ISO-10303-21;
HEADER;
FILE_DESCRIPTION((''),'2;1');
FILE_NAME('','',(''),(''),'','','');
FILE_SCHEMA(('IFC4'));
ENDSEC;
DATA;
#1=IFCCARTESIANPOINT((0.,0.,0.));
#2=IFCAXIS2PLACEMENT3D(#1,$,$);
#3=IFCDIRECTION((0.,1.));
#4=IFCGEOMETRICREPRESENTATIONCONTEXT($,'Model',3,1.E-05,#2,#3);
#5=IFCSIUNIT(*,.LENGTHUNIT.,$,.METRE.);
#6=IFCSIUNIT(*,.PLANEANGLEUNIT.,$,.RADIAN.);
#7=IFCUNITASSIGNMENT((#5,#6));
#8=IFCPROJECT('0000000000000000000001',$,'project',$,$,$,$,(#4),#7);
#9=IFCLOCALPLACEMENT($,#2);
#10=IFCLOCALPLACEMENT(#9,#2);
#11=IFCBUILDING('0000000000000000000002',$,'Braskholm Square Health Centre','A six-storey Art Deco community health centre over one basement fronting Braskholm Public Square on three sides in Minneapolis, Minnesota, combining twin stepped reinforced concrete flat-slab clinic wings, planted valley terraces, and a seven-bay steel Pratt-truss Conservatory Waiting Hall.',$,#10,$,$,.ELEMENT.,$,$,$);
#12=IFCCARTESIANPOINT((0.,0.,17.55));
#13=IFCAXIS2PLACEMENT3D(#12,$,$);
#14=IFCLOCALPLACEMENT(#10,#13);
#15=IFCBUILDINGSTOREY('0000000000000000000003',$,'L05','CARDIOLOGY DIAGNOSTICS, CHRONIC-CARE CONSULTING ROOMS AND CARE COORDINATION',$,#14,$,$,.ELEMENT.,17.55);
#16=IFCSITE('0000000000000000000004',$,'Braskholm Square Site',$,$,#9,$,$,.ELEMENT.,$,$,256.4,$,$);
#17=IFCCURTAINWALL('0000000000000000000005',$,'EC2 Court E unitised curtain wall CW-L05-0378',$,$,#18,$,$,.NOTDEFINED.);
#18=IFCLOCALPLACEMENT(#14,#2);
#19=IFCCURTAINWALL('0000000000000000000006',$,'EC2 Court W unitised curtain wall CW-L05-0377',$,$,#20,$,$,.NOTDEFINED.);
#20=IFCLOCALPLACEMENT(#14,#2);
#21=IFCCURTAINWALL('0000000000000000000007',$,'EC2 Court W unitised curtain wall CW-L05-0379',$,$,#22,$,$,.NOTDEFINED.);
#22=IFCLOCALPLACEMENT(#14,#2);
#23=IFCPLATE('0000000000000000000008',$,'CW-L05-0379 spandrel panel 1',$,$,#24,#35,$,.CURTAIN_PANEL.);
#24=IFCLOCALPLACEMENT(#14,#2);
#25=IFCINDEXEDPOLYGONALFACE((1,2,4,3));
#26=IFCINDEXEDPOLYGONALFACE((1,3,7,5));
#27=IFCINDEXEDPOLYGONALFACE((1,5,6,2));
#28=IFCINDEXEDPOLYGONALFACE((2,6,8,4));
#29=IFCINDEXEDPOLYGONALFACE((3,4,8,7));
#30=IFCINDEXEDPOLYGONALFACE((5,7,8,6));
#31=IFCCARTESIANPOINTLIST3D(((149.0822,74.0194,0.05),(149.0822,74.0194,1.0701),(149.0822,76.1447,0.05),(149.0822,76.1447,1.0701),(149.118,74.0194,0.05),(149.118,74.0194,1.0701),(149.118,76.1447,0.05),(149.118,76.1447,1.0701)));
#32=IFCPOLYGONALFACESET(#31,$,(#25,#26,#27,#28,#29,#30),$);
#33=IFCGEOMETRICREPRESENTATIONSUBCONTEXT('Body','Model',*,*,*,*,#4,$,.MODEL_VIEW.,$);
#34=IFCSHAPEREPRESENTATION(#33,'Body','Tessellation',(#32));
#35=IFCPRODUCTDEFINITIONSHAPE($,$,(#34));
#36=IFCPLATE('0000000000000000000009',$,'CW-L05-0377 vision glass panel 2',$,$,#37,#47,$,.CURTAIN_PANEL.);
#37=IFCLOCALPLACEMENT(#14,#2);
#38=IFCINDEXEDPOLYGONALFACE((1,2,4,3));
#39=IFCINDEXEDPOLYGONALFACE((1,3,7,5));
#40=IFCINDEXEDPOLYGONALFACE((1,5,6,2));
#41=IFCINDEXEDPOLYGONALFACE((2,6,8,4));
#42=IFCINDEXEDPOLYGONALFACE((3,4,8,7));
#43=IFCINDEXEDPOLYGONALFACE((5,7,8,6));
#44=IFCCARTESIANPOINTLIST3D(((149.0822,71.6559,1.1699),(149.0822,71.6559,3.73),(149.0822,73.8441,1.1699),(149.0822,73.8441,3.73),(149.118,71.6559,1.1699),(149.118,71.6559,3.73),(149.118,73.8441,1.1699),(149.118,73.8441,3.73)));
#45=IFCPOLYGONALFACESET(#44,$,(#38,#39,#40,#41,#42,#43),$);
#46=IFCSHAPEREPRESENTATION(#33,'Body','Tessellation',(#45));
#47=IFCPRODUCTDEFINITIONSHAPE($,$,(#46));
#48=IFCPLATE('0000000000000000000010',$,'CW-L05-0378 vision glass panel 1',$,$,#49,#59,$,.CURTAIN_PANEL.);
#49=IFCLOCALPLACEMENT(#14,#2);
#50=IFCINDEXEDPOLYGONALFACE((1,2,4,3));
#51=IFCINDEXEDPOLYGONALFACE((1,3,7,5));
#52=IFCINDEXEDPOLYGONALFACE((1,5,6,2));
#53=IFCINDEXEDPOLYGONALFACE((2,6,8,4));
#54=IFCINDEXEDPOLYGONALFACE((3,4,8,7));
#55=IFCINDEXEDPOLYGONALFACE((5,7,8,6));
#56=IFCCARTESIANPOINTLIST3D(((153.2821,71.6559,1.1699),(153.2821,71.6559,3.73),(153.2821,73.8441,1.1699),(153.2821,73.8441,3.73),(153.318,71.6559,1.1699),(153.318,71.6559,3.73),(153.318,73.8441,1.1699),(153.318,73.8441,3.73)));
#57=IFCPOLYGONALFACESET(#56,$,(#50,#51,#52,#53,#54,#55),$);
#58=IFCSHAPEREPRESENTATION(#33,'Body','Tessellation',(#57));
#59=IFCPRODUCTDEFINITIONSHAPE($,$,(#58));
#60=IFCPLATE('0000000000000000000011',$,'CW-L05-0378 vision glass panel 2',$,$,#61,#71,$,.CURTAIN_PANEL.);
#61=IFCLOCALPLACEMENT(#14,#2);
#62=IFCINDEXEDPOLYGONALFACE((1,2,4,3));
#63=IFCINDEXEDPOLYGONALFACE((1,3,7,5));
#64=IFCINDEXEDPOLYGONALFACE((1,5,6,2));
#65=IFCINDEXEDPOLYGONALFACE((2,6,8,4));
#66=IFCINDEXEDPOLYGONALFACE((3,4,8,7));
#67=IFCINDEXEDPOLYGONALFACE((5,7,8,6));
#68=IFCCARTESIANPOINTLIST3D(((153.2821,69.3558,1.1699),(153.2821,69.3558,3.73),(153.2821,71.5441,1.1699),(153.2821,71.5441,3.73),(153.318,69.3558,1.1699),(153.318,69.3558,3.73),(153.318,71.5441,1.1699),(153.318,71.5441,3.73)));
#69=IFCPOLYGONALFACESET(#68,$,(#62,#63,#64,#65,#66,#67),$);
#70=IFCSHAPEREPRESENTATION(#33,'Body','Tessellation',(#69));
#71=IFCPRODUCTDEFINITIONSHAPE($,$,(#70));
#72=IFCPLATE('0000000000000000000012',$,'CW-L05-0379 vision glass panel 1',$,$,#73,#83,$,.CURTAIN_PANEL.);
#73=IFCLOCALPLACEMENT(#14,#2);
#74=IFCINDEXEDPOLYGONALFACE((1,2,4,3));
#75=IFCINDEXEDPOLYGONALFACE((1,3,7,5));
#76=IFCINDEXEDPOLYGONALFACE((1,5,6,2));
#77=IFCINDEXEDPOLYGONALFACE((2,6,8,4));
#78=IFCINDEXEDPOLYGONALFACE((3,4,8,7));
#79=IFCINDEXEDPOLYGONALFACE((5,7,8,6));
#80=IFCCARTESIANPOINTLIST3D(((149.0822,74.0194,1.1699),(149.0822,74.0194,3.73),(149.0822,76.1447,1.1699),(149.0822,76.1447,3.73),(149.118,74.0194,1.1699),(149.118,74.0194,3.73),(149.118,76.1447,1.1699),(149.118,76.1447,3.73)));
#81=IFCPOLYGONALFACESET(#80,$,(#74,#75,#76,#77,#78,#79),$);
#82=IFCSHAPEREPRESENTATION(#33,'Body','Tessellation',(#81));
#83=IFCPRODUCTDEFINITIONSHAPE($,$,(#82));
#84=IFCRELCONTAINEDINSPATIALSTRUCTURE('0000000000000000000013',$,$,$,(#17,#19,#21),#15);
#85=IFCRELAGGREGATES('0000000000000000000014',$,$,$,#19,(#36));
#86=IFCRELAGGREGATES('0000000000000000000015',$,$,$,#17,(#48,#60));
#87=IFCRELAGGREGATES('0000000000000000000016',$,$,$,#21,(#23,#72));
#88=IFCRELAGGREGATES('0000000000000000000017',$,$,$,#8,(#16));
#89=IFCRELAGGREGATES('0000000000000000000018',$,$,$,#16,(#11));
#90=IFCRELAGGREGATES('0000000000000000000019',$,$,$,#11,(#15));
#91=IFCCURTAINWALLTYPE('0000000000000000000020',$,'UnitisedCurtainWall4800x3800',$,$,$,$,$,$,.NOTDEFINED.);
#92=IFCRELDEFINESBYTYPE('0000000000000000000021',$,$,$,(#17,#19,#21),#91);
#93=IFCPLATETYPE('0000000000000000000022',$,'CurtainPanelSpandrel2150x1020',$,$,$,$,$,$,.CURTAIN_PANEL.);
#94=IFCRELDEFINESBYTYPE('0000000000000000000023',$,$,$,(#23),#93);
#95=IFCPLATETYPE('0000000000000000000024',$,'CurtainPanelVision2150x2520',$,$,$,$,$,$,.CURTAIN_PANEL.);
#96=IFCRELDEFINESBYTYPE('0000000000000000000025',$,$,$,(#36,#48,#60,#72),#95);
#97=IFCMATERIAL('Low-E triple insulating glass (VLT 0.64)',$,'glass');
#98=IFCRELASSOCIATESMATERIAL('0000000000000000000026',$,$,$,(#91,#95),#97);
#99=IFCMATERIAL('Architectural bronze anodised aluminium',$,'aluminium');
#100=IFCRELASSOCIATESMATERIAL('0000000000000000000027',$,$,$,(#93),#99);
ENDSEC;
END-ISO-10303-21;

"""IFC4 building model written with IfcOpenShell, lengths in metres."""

from ifc_helpers import new_model, si_unit, direction, frame, origin, origin_2d, place, context, subcontext, project, spatial, rectangle, extrude, material, type_object, element, aggregate, save


model = new_model("IFC4")

# Units and contexts
model_context = context("Model", 3, precision=1e-05, world=origin(), true_north=direction((0.0, 1.0)))
body_context = subcontext(model_context, "Body", "Model", "MODEL_VIEW")
ifc_project = project(units=[si_unit("LENGTHUNIT", "METRE"), si_unit("PLANEANGLEUNIT", "RADIAN")], contexts=[model_context])

# Site, building, storey
site_placement = place(None, origin())
site = spatial("IfcSite", under=ifc_project, at=site_placement, Name="Braskholm Square Site", CompositionType="ELEMENT", RefElevation=256.4)
building_placement = place(site_placement, origin())
building = spatial("IfcBuilding", under=site, at=building_placement, Name="Braskholm Square Health Centre", Description="A six-storey Art Deco community health centre over one basement fronting Braskholm Public Square on three sides in Minneapolis, Minnesota, combining twin stepped reinforced concrete flat-slab clinic wings, planted valley terraces, and a seven-bay steel Pratt-truss Conservatory Waiting Hall.", CompositionType="ELEMENT")
storey_placement = place(building_placement, frame((0.0, 0.0, 17.55)))
storey = spatial("IfcBuildingStorey", under=building, at=storey_placement, Name="L05", Description="CARDIOLOGY DIAGNOSTICS, CHRONIC-CARE CONSULTING ROOMS AND CARE COORDINATION", CompositionType="ELEMENT", Elevation=17.55)

# Curtain walls
ifc_material_1 = material(Name="Low-E triple insulating glass (VLT 0.64)", Category="glass")
curtain_wall_type = type_object("IfcCurtainWallType", Name="UnitisedCurtainWall4800x3800", PredefinedType="NOTDEFINED", material=ifc_material_1)
curtain_wall_1_placement = place(storey_placement, origin())
curtain_wall_1 = element("IfcCurtainWall", 1, at=curtain_wall_1_placement, inside=storey, type_object=curtain_wall_type, Name="EC2 Court E unitised curtain wall CW-L05-0378", PredefinedType="NOTDEFINED")
ifc_material_2 = material(Name="Architectural bronze anodised aluminium", Category="aluminium")
curtain_wall_2_placement = place(storey_placement, origin())
curtain_wall_2 = element("IfcCurtainWall", 2, at=curtain_wall_2_placement, inside=storey, type_object=curtain_wall_type, Name="EC2 Court W unitised curtain wall CW-L05-0377", PredefinedType="NOTDEFINED")
curtain_wall_3_placement = place(storey_placement, origin())
curtain_wall_3 = element("IfcCurtainWall", 3, at=curtain_wall_3_placement, inside=storey, type_object=curtain_wall_type, Name="EC2 Court W unitised curtain wall CW-L05-0379", PredefinedType="NOTDEFINED")

# Plates
plate_type_1 = type_object("IfcPlateType", Name="CurtainPanelSpandrel2150x1020", PredefinedType="CURTAIN_PANEL", material=ifc_material_2)
plate_1_placement = place(storey_placement, frame((149.1001, 75.082, 0.05), z_axis=(0.0, 0.0, 1.0), x_axis=(0.0, 1.0, 0.0)))
plate_1 = element("IfcPlate", 4, at=plate_1_placement, type_object=plate_type_1, Name="CW-L05-0379 spandrel panel 1", PredefinedType="CURTAIN_PANEL", context=body_context, shape_type="SweptSolid", body=[
    extrude(rectangle(XDim=2.1252, YDim=0.0359, at=origin_2d()), origin(), (0.0, 0.0, 1.0), 1.02),
])
plate_type_2 = type_object("IfcPlateType", Name="CurtainPanelVision2150x2520", PredefinedType="CURTAIN_PANEL", material=ifc_material_1)
plate_2_placement = place(storey_placement, frame((149.1001, 72.75, 1.1699), z_axis=(0.0, 0.0, 1.0), x_axis=(0.0, 1.0, 0.0)))
plate_2 = element("IfcPlate", 5, at=plate_2_placement, type_object=plate_type_2, Name="CW-L05-0377 vision glass panel 2", PredefinedType="CURTAIN_PANEL", context=body_context, shape_type="SweptSolid", body=[
    extrude(rectangle(XDim=2.1882, YDim=0.0359, at=origin_2d()), origin(), (0.0, 0.0, 1.0), 2.5601),
])
aggregate(curtain_wall_2, [plate_2])
plate_3_placement = place(storey_placement, frame((153.3, 72.75, 1.1699), z_axis=(0.0, 0.0, 1.0), x_axis=(0.0, -1.0, 0.0)))
plate_3 = element("IfcPlate", 6, at=plate_3_placement, type_object=plate_type_2, Name="CW-L05-0378 vision glass panel 1", PredefinedType="CURTAIN_PANEL", context=body_context, shape_type="SweptSolid", body=[
    extrude(rectangle(XDim=2.1882, YDim=0.0359, at=origin_2d()), origin(), (0.0, 0.0, 1.0), 2.5601),
])
plate_4_placement = place(storey_placement, frame((153.3, 70.45, 1.1699), z_axis=(0.0, 0.0, 1.0), x_axis=(0.0, -1.0, 0.0)))
plate_4 = element("IfcPlate", 7, at=plate_4_placement, type_object=plate_type_2, Name="CW-L05-0378 vision glass panel 2", PredefinedType="CURTAIN_PANEL", context=body_context, shape_type="SweptSolid", body=[
    extrude(rectangle(XDim=2.1882, YDim=0.0359, at=origin_2d()), origin(), (0.0, 0.0, 1.0), 2.5601),
])
aggregate(curtain_wall_1, [plate_3, plate_4])
plate_5_placement = place(storey_placement, frame((149.1001, 75.082, 1.1699), z_axis=(0.0, 0.0, 1.0), x_axis=(0.0, 1.0, 0.0)))
plate_5 = element("IfcPlate", 8, at=plate_5_placement, type_object=plate_type_2, Name="CW-L05-0379 vision glass panel 1", PredefinedType="CURTAIN_PANEL", context=body_context, shape_type="SweptSolid", body=[
    extrude(rectangle(XDim=2.1252, YDim=0.0359, at=origin_2d()), origin(), (0.0, 0.0, 1.0), 2.5601),
])
aggregate(curtain_wall_3, [plate_1, plate_5])

save(model, "model.ifc")
